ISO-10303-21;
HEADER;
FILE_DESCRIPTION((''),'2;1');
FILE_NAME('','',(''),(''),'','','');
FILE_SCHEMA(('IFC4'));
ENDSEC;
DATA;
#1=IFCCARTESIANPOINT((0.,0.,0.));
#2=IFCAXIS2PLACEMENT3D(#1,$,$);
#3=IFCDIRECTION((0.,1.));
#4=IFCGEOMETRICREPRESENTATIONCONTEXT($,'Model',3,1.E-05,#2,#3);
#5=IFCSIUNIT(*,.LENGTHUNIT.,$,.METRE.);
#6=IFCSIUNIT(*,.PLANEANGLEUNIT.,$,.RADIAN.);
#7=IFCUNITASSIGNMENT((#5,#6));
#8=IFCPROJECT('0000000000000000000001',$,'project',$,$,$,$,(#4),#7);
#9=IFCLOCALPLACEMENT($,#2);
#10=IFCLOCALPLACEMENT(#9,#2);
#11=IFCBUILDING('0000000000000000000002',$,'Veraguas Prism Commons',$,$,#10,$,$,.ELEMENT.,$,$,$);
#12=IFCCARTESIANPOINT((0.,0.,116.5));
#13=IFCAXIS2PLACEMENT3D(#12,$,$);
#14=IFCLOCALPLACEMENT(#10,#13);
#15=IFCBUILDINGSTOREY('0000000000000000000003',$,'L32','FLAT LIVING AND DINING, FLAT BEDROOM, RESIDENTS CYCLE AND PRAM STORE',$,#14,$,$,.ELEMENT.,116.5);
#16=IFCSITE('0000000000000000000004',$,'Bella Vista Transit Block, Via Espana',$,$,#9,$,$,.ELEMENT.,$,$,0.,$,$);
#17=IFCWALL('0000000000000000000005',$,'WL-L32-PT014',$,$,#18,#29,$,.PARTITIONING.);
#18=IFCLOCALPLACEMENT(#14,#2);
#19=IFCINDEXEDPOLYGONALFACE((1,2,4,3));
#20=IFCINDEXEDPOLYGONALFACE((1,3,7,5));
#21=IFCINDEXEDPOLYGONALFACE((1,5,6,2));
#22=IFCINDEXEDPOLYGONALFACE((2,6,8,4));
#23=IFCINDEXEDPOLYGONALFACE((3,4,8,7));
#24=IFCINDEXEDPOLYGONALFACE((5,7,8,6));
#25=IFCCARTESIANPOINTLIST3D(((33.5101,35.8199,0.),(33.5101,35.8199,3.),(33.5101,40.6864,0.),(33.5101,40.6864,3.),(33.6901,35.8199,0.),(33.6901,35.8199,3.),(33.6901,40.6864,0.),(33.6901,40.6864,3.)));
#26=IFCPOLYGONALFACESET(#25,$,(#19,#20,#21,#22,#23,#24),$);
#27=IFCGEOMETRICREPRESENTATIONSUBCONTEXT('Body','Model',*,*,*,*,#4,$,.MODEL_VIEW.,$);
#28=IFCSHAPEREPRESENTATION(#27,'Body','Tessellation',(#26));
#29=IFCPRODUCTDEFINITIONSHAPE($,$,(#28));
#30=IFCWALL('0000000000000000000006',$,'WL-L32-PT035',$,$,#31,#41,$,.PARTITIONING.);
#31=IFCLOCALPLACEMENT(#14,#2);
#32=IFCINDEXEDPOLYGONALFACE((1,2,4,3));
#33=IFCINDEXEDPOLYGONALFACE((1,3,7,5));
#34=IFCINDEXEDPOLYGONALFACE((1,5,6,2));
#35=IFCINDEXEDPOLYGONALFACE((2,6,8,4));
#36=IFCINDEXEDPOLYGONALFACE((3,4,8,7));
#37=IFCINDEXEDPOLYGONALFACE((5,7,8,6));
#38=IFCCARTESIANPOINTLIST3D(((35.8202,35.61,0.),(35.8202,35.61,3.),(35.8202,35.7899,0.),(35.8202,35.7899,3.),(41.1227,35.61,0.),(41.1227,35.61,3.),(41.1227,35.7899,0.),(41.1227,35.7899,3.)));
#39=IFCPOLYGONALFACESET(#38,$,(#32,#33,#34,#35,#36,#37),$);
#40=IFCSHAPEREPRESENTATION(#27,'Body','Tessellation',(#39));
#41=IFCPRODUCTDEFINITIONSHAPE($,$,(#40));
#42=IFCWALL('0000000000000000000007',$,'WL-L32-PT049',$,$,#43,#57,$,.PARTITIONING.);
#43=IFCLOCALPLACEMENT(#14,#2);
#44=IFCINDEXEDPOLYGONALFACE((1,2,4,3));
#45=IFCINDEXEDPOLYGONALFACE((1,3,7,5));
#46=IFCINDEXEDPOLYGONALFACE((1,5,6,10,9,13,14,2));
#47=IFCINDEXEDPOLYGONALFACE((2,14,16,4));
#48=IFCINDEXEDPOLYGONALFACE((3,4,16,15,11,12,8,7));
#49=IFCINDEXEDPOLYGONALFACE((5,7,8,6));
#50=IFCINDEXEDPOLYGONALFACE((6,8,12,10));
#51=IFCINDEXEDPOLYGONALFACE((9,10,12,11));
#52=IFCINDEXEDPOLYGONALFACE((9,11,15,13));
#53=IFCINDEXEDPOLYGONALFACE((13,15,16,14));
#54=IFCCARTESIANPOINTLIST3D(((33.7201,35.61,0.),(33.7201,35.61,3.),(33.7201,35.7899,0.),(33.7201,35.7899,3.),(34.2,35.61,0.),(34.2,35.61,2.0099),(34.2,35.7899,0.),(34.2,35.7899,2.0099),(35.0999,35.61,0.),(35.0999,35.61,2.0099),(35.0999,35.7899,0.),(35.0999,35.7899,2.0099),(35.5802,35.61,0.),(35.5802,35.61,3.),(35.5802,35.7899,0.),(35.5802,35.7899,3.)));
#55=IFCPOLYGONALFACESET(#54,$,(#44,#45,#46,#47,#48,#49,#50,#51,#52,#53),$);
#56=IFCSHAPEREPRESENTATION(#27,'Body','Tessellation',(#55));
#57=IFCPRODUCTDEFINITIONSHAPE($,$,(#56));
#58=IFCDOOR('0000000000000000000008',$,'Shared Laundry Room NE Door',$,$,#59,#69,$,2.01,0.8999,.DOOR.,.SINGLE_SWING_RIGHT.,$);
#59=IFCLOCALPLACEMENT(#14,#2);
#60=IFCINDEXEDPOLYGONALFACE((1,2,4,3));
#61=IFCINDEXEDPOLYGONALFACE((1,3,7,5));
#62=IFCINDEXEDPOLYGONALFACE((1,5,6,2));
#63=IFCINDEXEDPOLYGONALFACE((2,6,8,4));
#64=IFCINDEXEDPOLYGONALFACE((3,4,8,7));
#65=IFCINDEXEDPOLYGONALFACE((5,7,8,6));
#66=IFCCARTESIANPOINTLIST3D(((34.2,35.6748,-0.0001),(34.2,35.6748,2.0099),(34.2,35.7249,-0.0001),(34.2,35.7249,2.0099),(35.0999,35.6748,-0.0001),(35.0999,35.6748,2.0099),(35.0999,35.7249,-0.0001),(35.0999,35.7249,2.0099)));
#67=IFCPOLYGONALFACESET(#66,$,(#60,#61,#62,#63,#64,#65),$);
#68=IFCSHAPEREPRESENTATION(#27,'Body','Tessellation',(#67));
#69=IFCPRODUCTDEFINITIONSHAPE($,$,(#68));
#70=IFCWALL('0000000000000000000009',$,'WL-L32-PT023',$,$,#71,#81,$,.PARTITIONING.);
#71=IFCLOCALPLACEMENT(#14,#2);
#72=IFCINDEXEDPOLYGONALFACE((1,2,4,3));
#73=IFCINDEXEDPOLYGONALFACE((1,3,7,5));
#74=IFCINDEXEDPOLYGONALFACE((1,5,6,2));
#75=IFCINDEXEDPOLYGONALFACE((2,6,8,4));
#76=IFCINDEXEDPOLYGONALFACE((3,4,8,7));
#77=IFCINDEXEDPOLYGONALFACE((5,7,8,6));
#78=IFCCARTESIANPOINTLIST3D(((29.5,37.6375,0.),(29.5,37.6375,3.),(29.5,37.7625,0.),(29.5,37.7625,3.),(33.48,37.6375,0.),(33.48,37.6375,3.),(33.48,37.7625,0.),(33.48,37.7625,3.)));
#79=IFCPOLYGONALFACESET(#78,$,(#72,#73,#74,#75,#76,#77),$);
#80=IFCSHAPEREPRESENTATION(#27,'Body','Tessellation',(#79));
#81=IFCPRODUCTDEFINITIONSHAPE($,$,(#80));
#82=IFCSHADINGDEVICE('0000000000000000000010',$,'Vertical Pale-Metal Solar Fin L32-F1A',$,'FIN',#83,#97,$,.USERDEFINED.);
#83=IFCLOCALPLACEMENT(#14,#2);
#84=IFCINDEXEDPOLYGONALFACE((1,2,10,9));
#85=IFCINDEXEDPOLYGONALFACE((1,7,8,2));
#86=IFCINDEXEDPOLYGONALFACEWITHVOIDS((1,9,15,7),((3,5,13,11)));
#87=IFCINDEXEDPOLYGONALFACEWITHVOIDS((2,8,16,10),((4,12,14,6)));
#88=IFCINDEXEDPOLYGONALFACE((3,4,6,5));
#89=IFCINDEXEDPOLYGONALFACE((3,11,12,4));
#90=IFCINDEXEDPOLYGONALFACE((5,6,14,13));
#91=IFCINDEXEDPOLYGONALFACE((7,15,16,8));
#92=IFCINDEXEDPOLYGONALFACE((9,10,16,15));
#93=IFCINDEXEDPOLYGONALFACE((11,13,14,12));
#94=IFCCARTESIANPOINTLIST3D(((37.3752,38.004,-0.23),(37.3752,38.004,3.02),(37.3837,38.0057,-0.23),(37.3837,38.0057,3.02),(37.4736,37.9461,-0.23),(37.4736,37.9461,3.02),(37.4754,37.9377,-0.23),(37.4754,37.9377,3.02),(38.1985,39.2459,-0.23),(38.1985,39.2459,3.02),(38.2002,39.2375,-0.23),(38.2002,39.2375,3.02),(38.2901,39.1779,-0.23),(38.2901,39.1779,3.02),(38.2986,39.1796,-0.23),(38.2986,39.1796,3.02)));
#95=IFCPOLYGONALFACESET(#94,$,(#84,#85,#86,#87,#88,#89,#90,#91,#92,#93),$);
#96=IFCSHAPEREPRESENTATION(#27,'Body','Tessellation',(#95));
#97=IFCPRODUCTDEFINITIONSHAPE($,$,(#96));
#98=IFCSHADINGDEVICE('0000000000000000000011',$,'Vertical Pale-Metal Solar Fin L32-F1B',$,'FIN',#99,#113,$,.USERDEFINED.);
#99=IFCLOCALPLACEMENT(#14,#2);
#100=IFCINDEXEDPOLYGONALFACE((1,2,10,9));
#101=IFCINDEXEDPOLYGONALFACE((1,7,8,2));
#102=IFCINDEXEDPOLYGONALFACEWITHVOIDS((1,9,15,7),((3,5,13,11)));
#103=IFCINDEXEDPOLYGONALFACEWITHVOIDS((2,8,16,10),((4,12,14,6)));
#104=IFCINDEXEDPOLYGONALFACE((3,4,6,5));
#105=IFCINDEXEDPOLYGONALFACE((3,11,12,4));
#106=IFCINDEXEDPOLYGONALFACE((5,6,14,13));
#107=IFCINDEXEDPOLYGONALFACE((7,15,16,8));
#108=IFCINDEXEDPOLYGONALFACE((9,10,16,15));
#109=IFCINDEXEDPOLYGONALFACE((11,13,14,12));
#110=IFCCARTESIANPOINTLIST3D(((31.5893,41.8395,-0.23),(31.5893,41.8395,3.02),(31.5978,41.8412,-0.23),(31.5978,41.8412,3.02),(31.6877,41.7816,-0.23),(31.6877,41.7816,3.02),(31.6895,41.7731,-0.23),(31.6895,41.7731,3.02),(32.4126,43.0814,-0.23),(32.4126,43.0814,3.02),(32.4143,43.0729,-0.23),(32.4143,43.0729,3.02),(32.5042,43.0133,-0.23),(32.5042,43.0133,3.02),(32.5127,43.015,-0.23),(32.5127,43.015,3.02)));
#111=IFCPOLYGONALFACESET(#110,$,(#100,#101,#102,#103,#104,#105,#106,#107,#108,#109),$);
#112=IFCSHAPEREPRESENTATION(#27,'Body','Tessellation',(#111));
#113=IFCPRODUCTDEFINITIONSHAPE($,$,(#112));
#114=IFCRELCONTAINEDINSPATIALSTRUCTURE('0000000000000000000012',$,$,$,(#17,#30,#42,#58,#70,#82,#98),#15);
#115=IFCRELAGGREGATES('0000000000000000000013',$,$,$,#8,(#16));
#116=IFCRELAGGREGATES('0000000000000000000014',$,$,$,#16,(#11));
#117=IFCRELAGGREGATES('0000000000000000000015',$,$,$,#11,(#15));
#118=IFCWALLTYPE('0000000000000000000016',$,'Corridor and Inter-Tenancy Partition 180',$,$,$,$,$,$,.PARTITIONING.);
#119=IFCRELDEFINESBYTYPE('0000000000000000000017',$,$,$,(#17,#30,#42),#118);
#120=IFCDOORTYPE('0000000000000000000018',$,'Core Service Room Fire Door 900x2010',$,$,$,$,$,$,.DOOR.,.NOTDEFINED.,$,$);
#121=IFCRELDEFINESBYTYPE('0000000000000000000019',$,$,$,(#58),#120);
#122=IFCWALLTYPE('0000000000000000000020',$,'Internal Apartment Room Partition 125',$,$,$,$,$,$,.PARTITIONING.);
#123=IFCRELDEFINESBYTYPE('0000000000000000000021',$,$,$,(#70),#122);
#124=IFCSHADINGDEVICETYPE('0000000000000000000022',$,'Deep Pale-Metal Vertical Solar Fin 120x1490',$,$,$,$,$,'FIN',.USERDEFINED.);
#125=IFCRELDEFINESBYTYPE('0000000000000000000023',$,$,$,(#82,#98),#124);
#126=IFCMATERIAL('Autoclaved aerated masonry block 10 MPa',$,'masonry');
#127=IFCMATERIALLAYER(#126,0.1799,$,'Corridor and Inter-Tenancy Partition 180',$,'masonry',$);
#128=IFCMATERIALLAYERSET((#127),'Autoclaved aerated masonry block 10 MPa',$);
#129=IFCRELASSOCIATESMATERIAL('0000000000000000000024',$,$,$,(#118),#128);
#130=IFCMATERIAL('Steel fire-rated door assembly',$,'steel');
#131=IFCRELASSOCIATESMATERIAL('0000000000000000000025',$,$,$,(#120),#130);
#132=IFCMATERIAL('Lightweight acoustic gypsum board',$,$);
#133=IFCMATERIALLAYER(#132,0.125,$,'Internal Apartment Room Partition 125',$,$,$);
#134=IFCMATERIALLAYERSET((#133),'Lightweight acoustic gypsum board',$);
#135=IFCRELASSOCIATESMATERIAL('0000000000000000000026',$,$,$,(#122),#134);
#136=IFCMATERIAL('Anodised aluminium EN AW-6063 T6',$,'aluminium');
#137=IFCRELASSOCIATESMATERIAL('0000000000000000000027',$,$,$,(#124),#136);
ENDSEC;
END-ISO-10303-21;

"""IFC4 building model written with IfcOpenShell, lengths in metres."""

from ifc_helpers import new_model, si_unit, direction, frame, frame_2d, origin, origin_2d, place, context, subcontext, project, spatial, rectangle, hollow_rectangle, extrude, source, transform, mapped, material, layer, layer_set, material_profile, profile_set, type_object, element, fill, save


model = new_model("IFC4")

# Units and contexts
model_context = context("Model", 3, precision=1e-05, world=origin(), true_north=direction((0.0, 1.0)))
body_context = subcontext(model_context, "Body", "Model", "MODEL_VIEW")
ifc_project = project(units=[si_unit("LENGTHUNIT", "METRE"), si_unit("PLANEANGLEUNIT", "RADIAN")], contexts=[model_context])

# Site, building, storey
site_placement = place(None, origin())
site = spatial("IfcSite", under=ifc_project, at=site_placement, Name="Bella Vista Transit Block, Via Espana", CompositionType="ELEMENT", RefElevation=0.0)
building_placement = place(site_placement, origin())
building = spatial("IfcBuilding", under=site, at=building_placement, Name="Veraguas Prism Commons", CompositionType="ELEMENT")
storey_placement = place(building_placement, frame((0.0, 0.0, 116.5)))
storey = spatial("IfcBuildingStorey", under=building, at=storey_placement, Name="L32", Description="FLAT LIVING AND DINING, FLAT BEDROOM, RESIDENTS CYCLE AND PRAM STORE", CompositionType="ELEMENT", Elevation=116.5)

# Shared definitions
ifc_material_1 = material(Name="Anodised aluminium EN AW-6063 T6", Category="aluminium")

# Walls
ifc_material_2 = material(Name="Autoclaved aerated masonry block 10 MPa", Category="masonry")
ifc_layer_1 = layer(ifc_material_2, 0.1799, Name="Corridor and Inter-Tenancy Partition 180", Category="masonry")
ifc_layer_set_1 = layer_set([ifc_layer_1], Name="Autoclaved aerated masonry block 10 MPa")
wall_type_1 = type_object("IfcWallType", Name="Corridor and Inter-Tenancy Partition 180", PredefinedType="PARTITIONING", material=ifc_layer_set_1)
wall_1_placement = place(storey_placement, frame((33.6001, 35.8201, 0.0), z_axis=(0.0, 0.0, 1.0), x_axis=(0.0, 1.0, 0.0)))
element("IfcWall", 1, at=wall_1_placement, inside=storey, type_object=wall_type_1, Name="WL-L32-PT014", PredefinedType="PARTITIONING", context=body_context, shape_type="SweptSolid", body=[
    extrude(rectangle(XDim=4.8665, YDim=0.1799, at=frame_2d((2.4331, 0.0))), origin(), (0.0, 0.0, 1.0), 3.0),
])
wall_2_placement = place(storey_placement, frame((35.8201, 35.7, 0.0), z_axis=(0.0, 0.0, 1.0), x_axis=(1.0, 0.0, 0.0)))
element("IfcWall", 2, at=wall_2_placement, inside=storey, type_object=wall_type_1, Name="WL-L32-PT035", PredefinedType="PARTITIONING", context=body_context, shape_type="SweptSolid", body=[
    extrude(rectangle(XDim=5.3025, YDim=0.1799, at=frame_2d((2.6514, 0.0))), origin(), (0.0, 0.0, 1.0), 3.0),
])

# Wall, opening, door
wall_3_placement = place(storey_placement, frame((33.72, 35.7, 0.0), z_axis=(0.0, 0.0, 1.0), x_axis=(1.0, 0.0, 0.0)))
wall_3 = element("IfcWall", 3, at=wall_3_placement, inside=storey, type_object=wall_type_1, Name="WL-L32-PT049", PredefinedType="PARTITIONING", context=body_context, shape_type="SweptSolid", body=[
    extrude(rectangle(XDim=1.8601, YDim=0.1799, at=frame_2d((0.9302, 0.0))), origin(), (0.0, 0.0, 1.0), 3.0),
])
opening_placement = place(wall_3_placement, frame((0.48, 0.0, 0.0)))
opening = element("IfcOpeningElement", 4, at=opening_placement, cuts=wall_3, PredefinedType="OPENING", context=body_context, shape_type="SweptSolid", body=[
    extrude(rectangle(XDim=0.8999, YDim=2.01, at=frame_2d((0.45, 1.0049))), frame((0.0, 0.0999, 0.0), z_axis=(0.0, -1.0, 0.0), x_axis=(1.0, 0.0, 0.0)), (0.0, 0.0, 1.0), 0.2),
])
ifc_material_3 = material(Name="Steel fire-rated door assembly", Category="steel")
door_type = type_object("IfcDoorType", Name="Core Service Room Fire Door 900x2010", OperationType="NOTDEFINED", PredefinedType="DOOR", material=ifc_material_3)
shared_shape_1 = source(origin(), body_context, "Body", "SweptSolid", [
    extrude(rectangle(XDim=0.8999, YDim=2.01, at=frame_2d((0.45, 1.0049))), frame((0.0, 0.0249, 0.0), z_axis=(0.0, -1.0, 0.0), x_axis=(1.0, 0.0, 0.0)), (0.0, 0.0, 1.0), 0.05),
])
door_placement = place(opening_placement, origin())
door = element("IfcDoor", 5, at=door_placement, inside=storey, type_object=door_type, Name="Shared Laundry Room NE Door", OperationType="SINGLE_SWING_RIGHT", OverallHeight=2.01, OverallWidth=0.8999, PredefinedType="DOOR", context=body_context, shape_type="MappedRepresentation", body=[
    mapped(shared_shape_1, transform((0.0, 0.0, 0.0), scale=1.0)),
])
fill(opening, door)

# Wall
ifc_material_4 = material(Name="Lightweight acoustic gypsum board")
ifc_layer_2 = layer(ifc_material_4, 0.125, Name="Internal Apartment Room Partition 125")
ifc_layer_set_2 = layer_set([ifc_layer_2], Name="Lightweight acoustic gypsum board")
wall_type_2 = type_object("IfcWallType", Name="Internal Apartment Room Partition 125", PredefinedType="PARTITIONING", material=ifc_layer_set_2)
wall_4_placement = place(storey_placement, frame((29.5, 37.7, 0.0), z_axis=(0.0, 0.0, 1.0), x_axis=(1.0, 0.0, 0.0)))
element("IfcWall", 6, at=wall_4_placement, inside=storey, type_object=wall_type_2, Name="WL-L32-PT023", PredefinedType="PARTITIONING", context=body_context, shape_type="SweptSolid", body=[
    extrude(rectangle(XDim=3.98, YDim=0.125, at=frame_2d((1.99, 0.0))), origin(), (0.0, 0.0, 1.0), 3.0),
])

# Shading devices
ifc_material_profile_1 = material_profile(ifc_material_1, hollow_rectangle(XDim=0.1201, YDim=1.49, WallThickness=0.0061, at=origin_2d()), Name="FIN120X1490X6")
ifc_profile_set_1 = profile_set([ifc_material_profile_1], Name="Anodised aluminium EN AW-6063 T6")
shading_device_type = type_object("IfcShadingDeviceType", Name="Deep Pale-Metal Vertical Solar Fin 120x1490", ElementType="FIN", PredefinedType="USERDEFINED", material=ifc_profile_set_1)
for number, where, z_axis, x_axis, name in (
    (7, (37.8369, 38.5918, -0.23), (0.0, 0.0, 1.0), (-0.833501, 0.552518, 0.0), "Vertical Pale-Metal Solar Fin L32-F1A"),
    (8, (32.051, 42.4272, -0.23), (0.0, 0.0, 1.0), (-0.833501, 0.552518, 0.0), "Vertical Pale-Metal Solar Fin L32-F1B"),
):
    element("IfcShadingDevice", number, at=place(storey_placement, frame(where, z_axis=z_axis, x_axis=x_axis)), inside=storey, type_object=shading_device_type, Name=name, ObjectType="FIN", PredefinedType="USERDEFINED", context=body_context, shape_type="SweptSolid", body=[
        extrude(hollow_rectangle(XDim=0.1201, YDim=1.49, WallThickness=0.0061, at=origin_2d()), origin(), (0.0, 0.0, 1.0), 3.25),
    ])

save(model, "model.ifc")
